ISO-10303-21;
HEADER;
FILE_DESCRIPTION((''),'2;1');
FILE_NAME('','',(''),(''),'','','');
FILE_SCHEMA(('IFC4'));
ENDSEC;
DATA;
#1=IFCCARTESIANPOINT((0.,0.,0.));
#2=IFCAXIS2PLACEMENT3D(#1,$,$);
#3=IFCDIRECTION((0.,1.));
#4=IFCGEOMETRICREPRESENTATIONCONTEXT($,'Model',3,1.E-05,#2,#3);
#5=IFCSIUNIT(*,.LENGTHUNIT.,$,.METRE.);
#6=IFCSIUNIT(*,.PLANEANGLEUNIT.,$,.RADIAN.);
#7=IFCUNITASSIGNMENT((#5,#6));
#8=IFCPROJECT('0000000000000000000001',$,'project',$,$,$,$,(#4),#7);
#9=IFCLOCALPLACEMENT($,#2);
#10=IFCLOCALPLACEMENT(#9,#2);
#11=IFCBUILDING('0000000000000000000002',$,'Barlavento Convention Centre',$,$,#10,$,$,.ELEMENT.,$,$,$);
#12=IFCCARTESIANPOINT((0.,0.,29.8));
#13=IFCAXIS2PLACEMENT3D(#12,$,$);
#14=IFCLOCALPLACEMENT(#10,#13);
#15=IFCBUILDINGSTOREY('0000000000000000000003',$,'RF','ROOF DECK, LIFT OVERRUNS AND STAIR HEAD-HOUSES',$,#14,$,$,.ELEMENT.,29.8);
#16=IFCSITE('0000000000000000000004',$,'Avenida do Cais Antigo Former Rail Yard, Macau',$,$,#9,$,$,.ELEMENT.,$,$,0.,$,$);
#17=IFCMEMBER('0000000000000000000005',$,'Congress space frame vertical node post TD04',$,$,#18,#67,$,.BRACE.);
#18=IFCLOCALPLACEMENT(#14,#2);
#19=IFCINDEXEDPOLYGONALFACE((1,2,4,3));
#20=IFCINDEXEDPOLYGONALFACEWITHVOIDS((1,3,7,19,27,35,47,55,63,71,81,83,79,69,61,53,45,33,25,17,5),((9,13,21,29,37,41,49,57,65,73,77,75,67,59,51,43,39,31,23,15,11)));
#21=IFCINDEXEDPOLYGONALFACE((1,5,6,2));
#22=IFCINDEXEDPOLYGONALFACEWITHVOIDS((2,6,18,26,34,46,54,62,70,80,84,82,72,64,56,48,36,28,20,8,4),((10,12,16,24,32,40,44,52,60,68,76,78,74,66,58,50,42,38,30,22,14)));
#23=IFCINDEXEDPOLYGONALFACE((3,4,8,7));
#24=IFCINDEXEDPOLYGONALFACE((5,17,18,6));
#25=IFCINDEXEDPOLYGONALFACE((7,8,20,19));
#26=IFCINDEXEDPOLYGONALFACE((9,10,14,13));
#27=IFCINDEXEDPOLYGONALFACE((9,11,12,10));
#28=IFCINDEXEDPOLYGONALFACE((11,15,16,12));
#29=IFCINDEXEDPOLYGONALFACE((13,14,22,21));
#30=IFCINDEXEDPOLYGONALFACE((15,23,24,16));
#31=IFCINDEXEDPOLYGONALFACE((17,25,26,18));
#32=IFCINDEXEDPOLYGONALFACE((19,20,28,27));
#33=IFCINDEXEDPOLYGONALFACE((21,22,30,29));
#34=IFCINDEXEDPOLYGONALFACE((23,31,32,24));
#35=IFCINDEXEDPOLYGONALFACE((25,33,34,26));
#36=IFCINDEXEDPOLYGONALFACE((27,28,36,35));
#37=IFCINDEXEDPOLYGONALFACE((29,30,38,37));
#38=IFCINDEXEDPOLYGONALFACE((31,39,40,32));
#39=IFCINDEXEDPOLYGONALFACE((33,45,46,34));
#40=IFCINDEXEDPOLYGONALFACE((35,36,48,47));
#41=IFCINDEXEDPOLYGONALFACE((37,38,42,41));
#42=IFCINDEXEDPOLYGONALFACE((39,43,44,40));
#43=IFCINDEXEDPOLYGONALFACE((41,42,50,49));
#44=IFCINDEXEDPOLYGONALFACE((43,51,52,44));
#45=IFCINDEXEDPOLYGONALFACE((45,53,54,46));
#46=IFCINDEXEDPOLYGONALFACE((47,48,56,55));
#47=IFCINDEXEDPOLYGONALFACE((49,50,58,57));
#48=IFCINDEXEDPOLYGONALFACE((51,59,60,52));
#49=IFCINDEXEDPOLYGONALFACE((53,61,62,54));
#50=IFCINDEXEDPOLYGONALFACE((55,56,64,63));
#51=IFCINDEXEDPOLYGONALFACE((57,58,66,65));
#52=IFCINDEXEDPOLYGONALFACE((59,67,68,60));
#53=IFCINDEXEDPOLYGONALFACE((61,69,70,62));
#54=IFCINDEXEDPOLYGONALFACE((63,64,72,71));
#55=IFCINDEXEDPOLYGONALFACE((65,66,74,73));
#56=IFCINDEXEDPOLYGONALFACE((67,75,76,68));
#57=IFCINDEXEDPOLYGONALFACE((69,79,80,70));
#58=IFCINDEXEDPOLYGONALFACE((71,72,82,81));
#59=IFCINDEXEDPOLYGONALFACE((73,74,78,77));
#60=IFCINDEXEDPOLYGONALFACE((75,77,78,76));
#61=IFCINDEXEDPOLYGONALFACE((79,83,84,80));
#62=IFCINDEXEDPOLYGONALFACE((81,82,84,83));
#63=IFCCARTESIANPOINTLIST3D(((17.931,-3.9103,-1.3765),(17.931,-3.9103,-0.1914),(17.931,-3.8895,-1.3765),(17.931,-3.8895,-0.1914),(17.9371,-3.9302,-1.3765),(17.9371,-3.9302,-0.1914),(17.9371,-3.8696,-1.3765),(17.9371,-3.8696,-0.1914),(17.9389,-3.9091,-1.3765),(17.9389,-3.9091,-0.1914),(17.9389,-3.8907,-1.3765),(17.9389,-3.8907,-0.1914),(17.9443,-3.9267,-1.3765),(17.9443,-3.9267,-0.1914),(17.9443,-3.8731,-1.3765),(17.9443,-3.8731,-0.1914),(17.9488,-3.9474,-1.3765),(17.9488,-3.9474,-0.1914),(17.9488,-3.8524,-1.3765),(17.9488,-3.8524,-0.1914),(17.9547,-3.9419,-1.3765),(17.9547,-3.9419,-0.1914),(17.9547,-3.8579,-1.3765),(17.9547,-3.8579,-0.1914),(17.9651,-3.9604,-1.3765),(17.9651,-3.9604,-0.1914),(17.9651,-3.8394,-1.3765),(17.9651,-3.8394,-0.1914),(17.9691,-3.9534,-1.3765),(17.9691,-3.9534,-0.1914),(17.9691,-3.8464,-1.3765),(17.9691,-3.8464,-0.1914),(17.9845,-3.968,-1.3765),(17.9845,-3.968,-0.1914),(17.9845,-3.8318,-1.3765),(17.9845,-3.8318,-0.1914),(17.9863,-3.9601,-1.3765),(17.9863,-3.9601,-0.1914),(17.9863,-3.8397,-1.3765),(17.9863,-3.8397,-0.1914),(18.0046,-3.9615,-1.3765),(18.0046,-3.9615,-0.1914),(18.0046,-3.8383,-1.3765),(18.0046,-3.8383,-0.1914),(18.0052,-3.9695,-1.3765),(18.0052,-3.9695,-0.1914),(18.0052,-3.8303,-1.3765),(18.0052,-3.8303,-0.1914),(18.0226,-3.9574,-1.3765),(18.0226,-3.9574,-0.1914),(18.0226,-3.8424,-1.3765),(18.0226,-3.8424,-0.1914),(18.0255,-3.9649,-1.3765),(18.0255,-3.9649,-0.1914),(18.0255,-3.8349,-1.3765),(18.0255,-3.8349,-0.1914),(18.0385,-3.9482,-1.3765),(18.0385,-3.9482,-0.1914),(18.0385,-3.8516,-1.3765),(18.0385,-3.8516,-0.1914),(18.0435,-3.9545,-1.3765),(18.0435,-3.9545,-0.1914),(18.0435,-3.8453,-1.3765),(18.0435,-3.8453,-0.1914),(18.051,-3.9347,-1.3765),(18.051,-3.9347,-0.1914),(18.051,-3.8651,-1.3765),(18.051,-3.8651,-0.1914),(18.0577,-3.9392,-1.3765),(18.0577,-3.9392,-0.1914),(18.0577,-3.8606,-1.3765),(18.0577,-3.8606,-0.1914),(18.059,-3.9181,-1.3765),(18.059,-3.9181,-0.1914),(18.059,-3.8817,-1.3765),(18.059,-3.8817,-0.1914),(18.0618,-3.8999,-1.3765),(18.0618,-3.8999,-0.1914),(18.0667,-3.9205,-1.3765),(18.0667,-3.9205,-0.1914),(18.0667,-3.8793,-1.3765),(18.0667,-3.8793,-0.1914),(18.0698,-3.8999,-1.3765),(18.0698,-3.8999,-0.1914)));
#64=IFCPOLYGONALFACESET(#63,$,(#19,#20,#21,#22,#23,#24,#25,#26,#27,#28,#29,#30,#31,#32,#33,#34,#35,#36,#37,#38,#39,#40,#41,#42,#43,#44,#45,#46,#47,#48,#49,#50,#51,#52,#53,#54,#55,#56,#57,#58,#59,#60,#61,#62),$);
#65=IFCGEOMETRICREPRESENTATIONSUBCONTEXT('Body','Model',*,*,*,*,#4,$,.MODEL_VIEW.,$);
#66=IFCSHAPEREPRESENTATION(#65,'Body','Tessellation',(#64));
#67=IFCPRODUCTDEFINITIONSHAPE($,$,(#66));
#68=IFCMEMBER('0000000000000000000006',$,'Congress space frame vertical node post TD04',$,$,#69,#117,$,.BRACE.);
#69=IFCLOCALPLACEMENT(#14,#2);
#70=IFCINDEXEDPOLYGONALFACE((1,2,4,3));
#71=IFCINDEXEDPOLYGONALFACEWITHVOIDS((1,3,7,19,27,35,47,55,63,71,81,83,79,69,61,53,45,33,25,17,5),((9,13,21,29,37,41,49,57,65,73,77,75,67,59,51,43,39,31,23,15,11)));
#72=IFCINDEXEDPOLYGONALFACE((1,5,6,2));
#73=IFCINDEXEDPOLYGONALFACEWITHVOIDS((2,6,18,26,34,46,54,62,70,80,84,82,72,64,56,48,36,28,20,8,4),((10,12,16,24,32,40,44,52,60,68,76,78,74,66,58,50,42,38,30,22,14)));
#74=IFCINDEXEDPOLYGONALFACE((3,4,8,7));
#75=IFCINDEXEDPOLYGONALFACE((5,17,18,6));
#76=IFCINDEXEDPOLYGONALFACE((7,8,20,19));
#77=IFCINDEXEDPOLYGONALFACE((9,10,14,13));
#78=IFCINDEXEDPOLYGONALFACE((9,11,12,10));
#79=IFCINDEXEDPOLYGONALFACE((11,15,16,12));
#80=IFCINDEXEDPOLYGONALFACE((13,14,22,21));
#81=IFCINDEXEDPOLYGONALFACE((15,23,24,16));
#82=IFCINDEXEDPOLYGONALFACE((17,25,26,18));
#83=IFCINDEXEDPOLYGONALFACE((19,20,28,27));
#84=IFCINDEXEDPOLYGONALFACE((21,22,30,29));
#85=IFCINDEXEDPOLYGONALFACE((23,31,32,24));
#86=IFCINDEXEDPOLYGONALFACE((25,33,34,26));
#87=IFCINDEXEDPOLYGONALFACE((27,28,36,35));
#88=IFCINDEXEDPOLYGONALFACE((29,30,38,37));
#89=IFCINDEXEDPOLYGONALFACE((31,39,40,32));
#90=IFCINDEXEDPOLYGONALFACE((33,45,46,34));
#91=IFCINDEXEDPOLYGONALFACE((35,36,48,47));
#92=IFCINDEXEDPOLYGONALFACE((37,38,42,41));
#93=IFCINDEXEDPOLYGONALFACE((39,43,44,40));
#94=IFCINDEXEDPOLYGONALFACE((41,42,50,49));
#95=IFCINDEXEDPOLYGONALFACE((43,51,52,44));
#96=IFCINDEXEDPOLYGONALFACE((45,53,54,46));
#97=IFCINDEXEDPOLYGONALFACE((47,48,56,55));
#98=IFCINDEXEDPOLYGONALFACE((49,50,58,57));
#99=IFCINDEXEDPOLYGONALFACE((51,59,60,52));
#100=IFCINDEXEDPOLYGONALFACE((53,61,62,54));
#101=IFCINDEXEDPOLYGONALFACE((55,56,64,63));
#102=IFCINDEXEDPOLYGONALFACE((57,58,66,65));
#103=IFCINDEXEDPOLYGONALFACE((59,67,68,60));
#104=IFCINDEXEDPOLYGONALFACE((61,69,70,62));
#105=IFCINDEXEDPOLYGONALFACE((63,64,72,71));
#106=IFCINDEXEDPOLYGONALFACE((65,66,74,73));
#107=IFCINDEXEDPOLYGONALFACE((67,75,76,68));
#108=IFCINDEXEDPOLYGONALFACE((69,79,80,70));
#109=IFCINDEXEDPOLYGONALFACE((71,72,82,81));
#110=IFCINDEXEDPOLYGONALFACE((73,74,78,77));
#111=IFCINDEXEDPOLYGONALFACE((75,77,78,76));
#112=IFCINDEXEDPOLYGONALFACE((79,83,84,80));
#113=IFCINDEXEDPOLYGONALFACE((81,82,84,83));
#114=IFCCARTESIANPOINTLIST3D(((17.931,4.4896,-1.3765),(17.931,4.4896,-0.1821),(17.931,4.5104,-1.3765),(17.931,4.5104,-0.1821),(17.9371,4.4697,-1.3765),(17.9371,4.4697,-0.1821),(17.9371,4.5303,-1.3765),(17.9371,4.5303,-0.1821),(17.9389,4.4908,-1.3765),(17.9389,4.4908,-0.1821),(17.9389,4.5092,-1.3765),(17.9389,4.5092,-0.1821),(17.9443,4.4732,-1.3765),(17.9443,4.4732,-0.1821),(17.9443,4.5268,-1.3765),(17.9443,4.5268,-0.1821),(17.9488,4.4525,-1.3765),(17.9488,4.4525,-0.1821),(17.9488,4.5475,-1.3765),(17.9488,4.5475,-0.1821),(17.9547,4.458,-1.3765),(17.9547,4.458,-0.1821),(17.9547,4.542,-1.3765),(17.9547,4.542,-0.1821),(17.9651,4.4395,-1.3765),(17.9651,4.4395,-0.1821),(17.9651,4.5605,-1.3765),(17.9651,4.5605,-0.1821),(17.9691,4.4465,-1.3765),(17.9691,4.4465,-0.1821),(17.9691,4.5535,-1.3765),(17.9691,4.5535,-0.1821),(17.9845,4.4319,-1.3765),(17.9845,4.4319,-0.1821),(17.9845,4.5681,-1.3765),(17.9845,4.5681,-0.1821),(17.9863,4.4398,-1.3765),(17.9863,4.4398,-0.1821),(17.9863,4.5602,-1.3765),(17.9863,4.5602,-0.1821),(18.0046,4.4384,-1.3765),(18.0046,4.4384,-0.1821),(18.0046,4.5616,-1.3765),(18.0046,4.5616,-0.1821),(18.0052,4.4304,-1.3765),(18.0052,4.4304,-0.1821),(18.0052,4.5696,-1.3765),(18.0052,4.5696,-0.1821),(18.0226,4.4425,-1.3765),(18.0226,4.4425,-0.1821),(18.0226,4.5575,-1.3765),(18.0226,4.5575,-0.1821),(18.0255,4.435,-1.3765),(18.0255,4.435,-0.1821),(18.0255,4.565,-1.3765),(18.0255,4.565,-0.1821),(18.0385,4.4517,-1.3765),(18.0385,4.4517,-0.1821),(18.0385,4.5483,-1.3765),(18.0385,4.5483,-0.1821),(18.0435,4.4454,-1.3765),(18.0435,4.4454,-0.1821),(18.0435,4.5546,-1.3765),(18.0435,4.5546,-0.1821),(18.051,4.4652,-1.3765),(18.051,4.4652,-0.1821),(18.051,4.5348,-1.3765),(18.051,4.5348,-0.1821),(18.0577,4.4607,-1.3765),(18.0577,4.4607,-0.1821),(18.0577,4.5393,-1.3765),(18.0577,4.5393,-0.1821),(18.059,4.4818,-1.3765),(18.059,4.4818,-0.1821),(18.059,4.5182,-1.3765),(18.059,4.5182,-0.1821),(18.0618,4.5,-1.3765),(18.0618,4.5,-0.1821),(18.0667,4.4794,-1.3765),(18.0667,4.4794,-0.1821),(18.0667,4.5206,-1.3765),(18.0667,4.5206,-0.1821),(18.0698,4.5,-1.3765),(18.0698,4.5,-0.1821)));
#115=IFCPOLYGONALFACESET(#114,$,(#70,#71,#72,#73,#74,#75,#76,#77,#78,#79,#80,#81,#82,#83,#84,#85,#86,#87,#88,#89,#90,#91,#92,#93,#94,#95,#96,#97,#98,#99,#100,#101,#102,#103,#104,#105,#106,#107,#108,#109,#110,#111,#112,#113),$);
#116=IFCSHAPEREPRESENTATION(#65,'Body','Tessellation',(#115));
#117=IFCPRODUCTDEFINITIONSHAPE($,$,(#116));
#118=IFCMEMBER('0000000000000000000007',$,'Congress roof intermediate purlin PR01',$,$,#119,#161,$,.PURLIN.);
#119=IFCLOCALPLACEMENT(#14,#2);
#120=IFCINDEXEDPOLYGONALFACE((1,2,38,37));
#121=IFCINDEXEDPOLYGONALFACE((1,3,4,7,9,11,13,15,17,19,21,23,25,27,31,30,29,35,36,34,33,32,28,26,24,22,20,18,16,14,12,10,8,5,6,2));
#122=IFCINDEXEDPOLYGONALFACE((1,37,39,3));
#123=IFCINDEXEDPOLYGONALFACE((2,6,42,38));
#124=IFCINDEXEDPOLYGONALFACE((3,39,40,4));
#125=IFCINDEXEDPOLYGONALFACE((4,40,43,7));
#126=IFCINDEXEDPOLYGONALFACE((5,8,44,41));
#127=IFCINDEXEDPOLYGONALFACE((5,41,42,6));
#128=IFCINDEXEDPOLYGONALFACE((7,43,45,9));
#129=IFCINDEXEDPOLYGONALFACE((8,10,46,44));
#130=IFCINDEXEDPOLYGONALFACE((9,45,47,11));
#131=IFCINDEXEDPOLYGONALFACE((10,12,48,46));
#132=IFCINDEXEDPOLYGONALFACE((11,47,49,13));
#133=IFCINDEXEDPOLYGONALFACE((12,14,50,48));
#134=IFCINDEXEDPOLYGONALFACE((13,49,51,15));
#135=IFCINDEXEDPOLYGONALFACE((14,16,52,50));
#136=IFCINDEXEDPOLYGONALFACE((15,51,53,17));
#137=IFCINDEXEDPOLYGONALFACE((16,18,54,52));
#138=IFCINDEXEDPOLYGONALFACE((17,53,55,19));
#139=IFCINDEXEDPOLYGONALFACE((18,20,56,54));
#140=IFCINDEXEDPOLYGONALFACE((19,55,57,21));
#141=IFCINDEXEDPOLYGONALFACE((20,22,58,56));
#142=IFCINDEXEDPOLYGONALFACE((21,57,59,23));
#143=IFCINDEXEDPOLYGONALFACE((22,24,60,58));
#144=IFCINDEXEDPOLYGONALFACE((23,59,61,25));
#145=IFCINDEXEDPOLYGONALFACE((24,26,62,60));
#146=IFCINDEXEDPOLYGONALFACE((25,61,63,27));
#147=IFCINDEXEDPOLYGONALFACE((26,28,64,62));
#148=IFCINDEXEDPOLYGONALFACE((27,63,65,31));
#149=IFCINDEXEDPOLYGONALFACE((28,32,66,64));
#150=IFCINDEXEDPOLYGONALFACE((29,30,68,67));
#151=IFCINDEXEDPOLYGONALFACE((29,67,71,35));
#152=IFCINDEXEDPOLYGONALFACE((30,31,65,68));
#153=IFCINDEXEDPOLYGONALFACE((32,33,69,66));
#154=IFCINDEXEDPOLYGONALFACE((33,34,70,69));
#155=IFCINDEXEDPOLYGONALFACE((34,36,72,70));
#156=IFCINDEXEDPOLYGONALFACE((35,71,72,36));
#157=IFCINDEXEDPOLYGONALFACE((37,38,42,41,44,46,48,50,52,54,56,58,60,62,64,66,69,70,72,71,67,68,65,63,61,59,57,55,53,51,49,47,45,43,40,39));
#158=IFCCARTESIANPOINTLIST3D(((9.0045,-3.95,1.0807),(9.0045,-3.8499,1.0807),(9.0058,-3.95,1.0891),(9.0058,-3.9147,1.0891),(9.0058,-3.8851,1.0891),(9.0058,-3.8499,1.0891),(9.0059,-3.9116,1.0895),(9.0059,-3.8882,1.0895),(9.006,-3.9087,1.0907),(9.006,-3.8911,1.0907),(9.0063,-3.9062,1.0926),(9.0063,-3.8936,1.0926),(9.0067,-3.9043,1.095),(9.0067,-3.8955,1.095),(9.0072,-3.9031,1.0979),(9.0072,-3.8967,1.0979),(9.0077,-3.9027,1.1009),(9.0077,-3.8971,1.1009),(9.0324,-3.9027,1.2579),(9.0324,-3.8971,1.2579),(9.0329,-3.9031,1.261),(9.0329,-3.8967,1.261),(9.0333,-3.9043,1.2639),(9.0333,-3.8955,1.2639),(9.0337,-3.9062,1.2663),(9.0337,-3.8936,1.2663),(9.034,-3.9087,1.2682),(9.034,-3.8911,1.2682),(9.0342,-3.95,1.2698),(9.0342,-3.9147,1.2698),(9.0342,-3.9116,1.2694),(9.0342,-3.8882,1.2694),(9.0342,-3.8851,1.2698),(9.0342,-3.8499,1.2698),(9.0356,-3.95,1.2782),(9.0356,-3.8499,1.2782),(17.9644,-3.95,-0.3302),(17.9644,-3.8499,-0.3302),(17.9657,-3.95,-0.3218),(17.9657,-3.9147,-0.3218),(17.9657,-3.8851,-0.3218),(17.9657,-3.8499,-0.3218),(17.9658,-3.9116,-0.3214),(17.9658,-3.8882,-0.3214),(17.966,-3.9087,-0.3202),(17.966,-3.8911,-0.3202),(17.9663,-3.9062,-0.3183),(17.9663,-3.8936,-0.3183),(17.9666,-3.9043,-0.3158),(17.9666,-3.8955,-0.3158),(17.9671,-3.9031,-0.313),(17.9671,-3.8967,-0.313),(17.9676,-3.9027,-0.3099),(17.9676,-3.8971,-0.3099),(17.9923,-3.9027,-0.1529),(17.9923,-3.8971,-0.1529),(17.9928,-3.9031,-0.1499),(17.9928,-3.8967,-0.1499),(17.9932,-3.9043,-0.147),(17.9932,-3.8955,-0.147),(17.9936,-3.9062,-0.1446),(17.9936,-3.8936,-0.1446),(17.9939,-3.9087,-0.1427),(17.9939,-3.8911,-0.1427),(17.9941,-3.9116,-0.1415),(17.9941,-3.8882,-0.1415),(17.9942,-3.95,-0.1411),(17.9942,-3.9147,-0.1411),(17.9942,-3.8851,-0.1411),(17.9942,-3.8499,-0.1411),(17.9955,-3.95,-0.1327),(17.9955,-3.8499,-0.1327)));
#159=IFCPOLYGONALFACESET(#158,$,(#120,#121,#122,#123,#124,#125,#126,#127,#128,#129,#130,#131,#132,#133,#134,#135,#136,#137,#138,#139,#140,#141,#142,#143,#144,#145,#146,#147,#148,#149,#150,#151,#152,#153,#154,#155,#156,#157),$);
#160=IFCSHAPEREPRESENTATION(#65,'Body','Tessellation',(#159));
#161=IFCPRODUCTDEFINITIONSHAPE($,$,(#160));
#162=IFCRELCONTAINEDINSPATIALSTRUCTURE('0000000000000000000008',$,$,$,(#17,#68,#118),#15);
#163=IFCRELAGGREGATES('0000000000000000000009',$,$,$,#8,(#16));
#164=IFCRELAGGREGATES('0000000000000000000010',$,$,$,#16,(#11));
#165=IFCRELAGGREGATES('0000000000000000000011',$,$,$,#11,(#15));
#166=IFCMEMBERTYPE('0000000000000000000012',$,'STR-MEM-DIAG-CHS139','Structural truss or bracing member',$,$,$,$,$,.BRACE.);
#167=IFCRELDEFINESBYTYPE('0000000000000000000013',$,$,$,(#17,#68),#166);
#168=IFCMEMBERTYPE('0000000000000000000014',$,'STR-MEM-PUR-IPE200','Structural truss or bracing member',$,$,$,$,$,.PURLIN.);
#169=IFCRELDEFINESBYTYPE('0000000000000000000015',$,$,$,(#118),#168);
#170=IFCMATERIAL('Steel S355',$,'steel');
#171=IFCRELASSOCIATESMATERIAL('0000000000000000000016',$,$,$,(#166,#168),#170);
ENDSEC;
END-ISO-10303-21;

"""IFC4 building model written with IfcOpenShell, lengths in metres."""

from ifc_helpers import new_model, si_unit, direction, frame, origin, origin_2d, place, context, subcontext, project, spatial, hollow_circle, i_section, extrude, material, material_profile, profile_set, type_object, element, save


model = new_model("IFC4")

# Units and contexts
model_context = context("Model", 3, precision=1e-05, world=origin(), true_north=direction((0.0, 1.0)))
body_context = subcontext(model_context, "Body", "Model", "MODEL_VIEW")
ifc_project = project(units=[si_unit("LENGTHUNIT", "METRE"), si_unit("PLANEANGLEUNIT", "RADIAN")], contexts=[model_context])

# Site, building, storey
site_placement = place(None, origin())
site = spatial("IfcSite", under=ifc_project, at=site_placement, Name="Avenida do Cais Antigo Former Rail Yard, Macau", CompositionType="ELEMENT", RefElevation=0.0)
building_placement = place(site_placement, origin())
building = spatial("IfcBuilding", under=site, at=building_placement, Name="Barlavento Convention Centre", CompositionType="ELEMENT")
storey_placement = place(building_placement, frame((0.0, 0.0, 29.8)))
storey = spatial("IfcBuildingStorey", under=building, at=storey_placement, Name="RF", Description="ROOF DECK, LIFT OVERRUNS AND STAIR HEAD-HOUSES", CompositionType="ELEMENT", Elevation=29.8)

# Shared definitions
ifc_material_1 = material(Name="Steel S355", Category="steel")

# Members
ifc_material_profile_1 = material_profile(ifc_material_1, hollow_circle(Radius=0.0698, WallThickness=0.0081, at=origin_2d()), Name="CHS 139.7x8.0")
ifc_profile_set_1 = profile_set([ifc_material_profile_1], Name="Steel S355")
member_type_1 = type_object("IfcMemberType", Name="STR-MEM-DIAG-CHS139", Description="Structural truss or bracing member", PredefinedType="BRACE", material=ifc_profile_set_1)
member_1_placement = place(storey_placement, frame((18.0, -3.8999, -1.3765), z_axis=(0.0, 0.0, 1.0), x_axis=(1.0, 0.0, 0.0)))
element("IfcMember", 1, at=member_1_placement, inside=storey, type_object=member_type_1, Name="Congress space frame vertical node post TD04", PredefinedType="BRACE", context=body_context, shape_type="SweptSolid", body=[
    extrude(hollow_circle(Radius=0.0698, WallThickness=0.0081, at=origin_2d()), origin(), (0.0, 0.0, 1.0), 1.1851),
])
member_2_placement = place(storey_placement, frame((18.0, 4.5, -1.3765), z_axis=(0.0, 0.0, 1.0), x_axis=(1.0, 0.0, 0.0)))
element("IfcMember", 2, at=member_2_placement, inside=storey, type_object=member_type_1, Name="Congress space frame vertical node post TD04", PredefinedType="BRACE", context=body_context, shape_type="SweptSolid", body=[
    extrude(hollow_circle(Radius=0.0698, WallThickness=0.0081, at=origin_2d()), origin(), (0.0, 0.0, 1.0), 1.1943),
])
ifc_material_profile_2 = material_profile(ifc_material_1, i_section(OverallWidth=0.1001, OverallDepth=0.2, WebThickness=0.0056, FlangeThickness=0.0085, FilletRadius=0.012, at=origin_2d()), Name="IPE 200")
ifc_profile_set_2 = profile_set([ifc_material_profile_2], Name="Steel S355")
member_type_2 = type_object("IfcMemberType", Name="STR-MEM-PUR-IPE200", Description="Structural truss or bracing member", PredefinedType="PURLIN", material=ifc_profile_set_2)
member_3_placement = place(storey_placement, frame((9.02, -3.8999, 1.1794), z_axis=(0.987828, 0.0, -0.155549), x_axis=(0.0, 1.0, 0.0)))
element("IfcMember", 3, at=member_3_placement, inside=storey, type_object=member_type_2, Name="Congress roof intermediate purlin PR01", PredefinedType="PURLIN", context=body_context, shape_type="SweptSolid", body=[
    extrude(i_section(OverallWidth=0.1001, OverallDepth=0.2, WebThickness=0.0056, FlangeThickness=0.0085, FilletRadius=0.012, at=origin_2d()), origin(), (0.0, 0.0, 1.0), 9.0703),
])

save(model, "model.ifc")
